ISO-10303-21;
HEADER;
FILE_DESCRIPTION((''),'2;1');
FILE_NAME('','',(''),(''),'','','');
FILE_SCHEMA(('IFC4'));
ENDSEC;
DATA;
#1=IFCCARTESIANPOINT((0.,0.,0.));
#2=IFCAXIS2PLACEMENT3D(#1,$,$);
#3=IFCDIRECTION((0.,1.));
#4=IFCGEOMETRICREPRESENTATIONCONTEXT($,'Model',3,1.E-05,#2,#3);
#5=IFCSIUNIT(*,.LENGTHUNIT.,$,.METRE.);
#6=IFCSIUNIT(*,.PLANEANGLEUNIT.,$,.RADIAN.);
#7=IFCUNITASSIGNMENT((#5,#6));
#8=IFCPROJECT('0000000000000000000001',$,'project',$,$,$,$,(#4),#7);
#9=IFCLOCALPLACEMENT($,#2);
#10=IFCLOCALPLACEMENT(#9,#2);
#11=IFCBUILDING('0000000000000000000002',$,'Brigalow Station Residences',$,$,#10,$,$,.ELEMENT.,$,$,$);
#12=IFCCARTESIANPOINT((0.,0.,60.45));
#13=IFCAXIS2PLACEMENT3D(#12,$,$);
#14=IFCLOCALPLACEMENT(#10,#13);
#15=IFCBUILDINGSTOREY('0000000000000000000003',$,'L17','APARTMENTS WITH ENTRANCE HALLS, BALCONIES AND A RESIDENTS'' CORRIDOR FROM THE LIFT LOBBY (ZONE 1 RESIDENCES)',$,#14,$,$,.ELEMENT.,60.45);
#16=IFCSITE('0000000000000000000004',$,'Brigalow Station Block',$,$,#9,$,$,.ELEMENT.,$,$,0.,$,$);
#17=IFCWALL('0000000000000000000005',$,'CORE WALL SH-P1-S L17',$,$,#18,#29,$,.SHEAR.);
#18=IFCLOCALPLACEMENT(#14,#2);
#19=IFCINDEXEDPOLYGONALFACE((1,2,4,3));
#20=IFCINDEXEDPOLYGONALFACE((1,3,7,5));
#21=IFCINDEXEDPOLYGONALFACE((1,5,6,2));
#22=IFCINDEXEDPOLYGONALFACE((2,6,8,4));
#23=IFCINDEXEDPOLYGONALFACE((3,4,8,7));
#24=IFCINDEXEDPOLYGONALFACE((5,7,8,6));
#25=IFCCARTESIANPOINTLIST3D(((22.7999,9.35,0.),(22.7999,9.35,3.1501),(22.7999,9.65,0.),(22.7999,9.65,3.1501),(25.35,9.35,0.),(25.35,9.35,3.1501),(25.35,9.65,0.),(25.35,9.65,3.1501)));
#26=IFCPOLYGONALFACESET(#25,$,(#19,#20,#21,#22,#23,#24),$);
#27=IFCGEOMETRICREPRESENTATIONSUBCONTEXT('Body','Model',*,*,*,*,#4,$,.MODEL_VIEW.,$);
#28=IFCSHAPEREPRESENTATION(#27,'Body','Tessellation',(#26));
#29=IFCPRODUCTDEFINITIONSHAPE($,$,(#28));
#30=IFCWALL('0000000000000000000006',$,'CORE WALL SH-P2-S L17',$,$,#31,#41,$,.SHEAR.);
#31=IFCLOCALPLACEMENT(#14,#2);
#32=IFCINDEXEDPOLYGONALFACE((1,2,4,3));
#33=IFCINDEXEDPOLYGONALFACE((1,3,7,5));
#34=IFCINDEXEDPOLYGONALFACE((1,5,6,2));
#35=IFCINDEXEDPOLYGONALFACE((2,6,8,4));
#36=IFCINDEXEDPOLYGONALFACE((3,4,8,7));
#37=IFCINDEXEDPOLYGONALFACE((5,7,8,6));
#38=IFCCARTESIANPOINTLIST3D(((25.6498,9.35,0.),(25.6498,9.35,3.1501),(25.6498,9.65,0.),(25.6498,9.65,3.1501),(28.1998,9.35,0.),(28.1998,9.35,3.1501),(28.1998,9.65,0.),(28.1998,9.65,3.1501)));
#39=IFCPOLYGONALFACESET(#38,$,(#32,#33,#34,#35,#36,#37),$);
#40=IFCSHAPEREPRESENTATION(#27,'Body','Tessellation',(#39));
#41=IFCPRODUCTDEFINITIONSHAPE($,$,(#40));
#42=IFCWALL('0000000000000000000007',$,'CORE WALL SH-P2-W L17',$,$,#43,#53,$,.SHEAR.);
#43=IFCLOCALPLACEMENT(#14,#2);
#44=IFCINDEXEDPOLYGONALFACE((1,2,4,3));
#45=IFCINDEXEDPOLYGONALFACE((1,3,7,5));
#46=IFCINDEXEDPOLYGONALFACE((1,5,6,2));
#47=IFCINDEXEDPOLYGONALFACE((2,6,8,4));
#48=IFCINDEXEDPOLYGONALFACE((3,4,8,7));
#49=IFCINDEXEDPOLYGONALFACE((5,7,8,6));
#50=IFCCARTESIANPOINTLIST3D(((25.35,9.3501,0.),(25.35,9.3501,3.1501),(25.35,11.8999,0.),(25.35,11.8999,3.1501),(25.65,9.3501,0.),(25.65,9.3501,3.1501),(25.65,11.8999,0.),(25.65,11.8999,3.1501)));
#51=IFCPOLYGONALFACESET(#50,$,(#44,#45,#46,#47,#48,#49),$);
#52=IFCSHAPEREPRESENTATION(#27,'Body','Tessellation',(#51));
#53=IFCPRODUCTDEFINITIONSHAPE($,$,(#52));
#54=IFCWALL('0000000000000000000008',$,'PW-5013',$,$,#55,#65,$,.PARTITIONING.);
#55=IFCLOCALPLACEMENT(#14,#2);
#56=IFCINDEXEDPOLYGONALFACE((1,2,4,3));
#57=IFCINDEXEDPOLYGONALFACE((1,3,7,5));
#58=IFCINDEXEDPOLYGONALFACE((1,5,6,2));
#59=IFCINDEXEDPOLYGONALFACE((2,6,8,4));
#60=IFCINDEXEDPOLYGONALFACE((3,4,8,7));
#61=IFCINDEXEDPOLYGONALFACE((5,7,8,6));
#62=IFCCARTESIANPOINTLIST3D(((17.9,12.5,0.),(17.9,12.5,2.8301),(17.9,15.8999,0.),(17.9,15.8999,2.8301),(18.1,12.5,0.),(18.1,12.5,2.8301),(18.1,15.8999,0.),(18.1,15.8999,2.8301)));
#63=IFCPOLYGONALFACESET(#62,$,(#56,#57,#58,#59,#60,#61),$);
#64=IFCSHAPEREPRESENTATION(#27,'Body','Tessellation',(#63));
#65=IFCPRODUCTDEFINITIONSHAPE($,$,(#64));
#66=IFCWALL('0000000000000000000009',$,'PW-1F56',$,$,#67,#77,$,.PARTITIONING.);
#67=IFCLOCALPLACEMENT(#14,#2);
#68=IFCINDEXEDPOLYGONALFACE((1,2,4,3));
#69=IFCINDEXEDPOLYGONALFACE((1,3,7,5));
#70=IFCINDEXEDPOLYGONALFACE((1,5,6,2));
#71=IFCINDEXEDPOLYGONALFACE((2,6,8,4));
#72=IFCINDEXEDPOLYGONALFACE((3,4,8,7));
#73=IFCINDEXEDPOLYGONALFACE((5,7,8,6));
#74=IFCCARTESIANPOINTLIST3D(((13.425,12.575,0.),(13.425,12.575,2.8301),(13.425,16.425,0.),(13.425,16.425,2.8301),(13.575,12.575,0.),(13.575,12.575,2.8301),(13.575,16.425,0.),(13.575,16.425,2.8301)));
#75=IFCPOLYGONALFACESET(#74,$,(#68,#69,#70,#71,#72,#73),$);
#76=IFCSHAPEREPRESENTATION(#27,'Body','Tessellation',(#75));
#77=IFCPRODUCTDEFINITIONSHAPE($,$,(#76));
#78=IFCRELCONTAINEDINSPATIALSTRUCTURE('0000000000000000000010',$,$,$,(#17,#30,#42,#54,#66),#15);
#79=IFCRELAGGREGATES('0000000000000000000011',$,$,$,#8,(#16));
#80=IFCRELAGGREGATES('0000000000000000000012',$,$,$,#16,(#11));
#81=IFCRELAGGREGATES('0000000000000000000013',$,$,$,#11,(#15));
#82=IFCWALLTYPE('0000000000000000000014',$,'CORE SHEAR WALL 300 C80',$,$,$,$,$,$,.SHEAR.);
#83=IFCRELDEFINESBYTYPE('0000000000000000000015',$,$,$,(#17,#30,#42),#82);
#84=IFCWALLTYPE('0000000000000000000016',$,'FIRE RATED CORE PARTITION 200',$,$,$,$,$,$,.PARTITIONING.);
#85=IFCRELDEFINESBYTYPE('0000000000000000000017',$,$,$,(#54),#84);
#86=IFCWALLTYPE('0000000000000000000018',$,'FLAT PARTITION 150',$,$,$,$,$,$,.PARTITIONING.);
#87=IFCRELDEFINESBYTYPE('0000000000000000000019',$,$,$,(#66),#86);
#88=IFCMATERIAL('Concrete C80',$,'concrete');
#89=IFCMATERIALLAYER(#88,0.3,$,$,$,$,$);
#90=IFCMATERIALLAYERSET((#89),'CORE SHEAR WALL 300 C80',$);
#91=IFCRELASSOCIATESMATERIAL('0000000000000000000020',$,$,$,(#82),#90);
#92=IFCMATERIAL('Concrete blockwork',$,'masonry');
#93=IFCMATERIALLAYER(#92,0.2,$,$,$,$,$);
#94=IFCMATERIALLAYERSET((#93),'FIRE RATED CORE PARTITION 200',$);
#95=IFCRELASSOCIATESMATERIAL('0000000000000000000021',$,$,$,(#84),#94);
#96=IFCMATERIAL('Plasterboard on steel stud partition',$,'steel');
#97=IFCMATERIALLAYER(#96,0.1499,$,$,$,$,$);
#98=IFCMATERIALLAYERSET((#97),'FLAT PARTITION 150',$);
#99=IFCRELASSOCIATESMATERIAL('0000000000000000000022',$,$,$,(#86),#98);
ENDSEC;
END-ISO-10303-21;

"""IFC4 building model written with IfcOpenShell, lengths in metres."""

from ifc_helpers import new_model, si_unit, direction, frame, frame_2d, origin, place, context, subcontext, project, spatial, rectangle, extrude, material, layer, layer_set, type_object, element, save


model = new_model("IFC4")

# Units and contexts
model_context = context("Model", 3, precision=1e-05, world=origin(), true_north=direction((0.0, 1.0)))
body_context = subcontext(model_context, "Body", "Model", "MODEL_VIEW")
ifc_project = project(units=[si_unit("LENGTHUNIT", "METRE"), si_unit("PLANEANGLEUNIT", "RADIAN")], contexts=[model_context])

# Site, building, storey
site_placement = place(None, origin())
site = spatial("IfcSite", under=ifc_project, at=site_placement, Name="Brigalow Station Block", CompositionType="ELEMENT", RefElevation=0.0)
building_placement = place(site_placement, origin())
building = spatial("IfcBuilding", under=site, at=building_placement, Name="Brigalow Station Residences", CompositionType="ELEMENT")
storey_placement = place(building_placement, frame((0.0, 0.0, 60.45)))
storey = spatial("IfcBuildingStorey", under=building, at=storey_placement, Name="L17", Description="APARTMENTS WITH ENTRANCE HALLS, BALCONIES AND A RESIDENTS' CORRIDOR FROM THE LIFT LOBBY (ZONE 1 RESIDENCES)", CompositionType="ELEMENT", Elevation=60.45)

# Walls
ifc_material_1 = material(Name="Concrete C80", Category="concrete")
ifc_layer_1 = layer(ifc_material_1, 0.3)
ifc_layer_set_1 = layer_set([ifc_layer_1], Name="CORE SHEAR WALL 300 C80")
wall_type_1 = type_object("IfcWallType", Name="CORE SHEAR WALL 300 C80", PredefinedType="SHEAR", material=ifc_layer_set_1)
for number, where, z_axis, x_axis, name in (
    (1, (22.8, 9.5, 0.0), (0.0, 0.0, 1.0), (1.0, 0.0, 0.0), "CORE WALL SH-P1-S L17"),
    (2, (25.6499, 9.5, 0.0), (0.0, 0.0, 1.0), (1.0, 0.0, 0.0), "CORE WALL SH-P2-S L17"),
):
    element("IfcWall", number, at=place(storey_placement, frame(where, z_axis=z_axis, x_axis=x_axis)), inside=storey, type_object=wall_type_1, Name=name, PredefinedType="SHEAR", context=body_context, shape_type="SweptSolid", body=[
        extrude(rectangle(XDim=2.55, YDim=0.3, at=frame_2d((1.2749, 0.0))), origin(), (0.0, 0.0, 1.0), 3.1501),
    ])
wall_1_placement = place(storey_placement, frame((25.5, 9.3501, 0.0), z_axis=(0.0, 0.0, 1.0), x_axis=(0.0, 1.0, 0.0)))
element("IfcWall", 3, at=wall_1_placement, inside=storey, type_object=wall_type_1, Name="CORE WALL SH-P2-W L17", PredefinedType="SHEAR", context=body_context, shape_type="SweptSolid", body=[
    extrude(rectangle(XDim=2.5498, YDim=0.3, at=frame_2d((1.2749, 0.0))), origin(), (0.0, 0.0, 1.0), 3.1501),
])

# Walls
ifc_material_2 = material(Name="Concrete blockwork", Category="masonry")
ifc_layer_2 = layer(ifc_material_2, 0.2)
ifc_layer_set_2 = layer_set([ifc_layer_2], Name="FIRE RATED CORE PARTITION 200")
wall_type_2 = type_object("IfcWallType", Name="FIRE RATED CORE PARTITION 200", PredefinedType="PARTITIONING", material=ifc_layer_set_2)
wall_2_placement = place(storey_placement, frame((18.0, 12.5, 0.0), z_axis=(0.0, 0.0, 1.0), x_axis=(0.0, 1.0, 0.0)))
element("IfcWall", 4, at=wall_2_placement, inside=storey, type_object=wall_type_2, Name="PW-5013", PredefinedType="PARTITIONING", context=body_context, shape_type="SweptSolid", body=[
    extrude(rectangle(XDim=3.3999, YDim=0.2, at=frame_2d((1.7, 0.0))), origin(), (0.0, 0.0, 1.0), 2.8301),
])
ifc_material_3 = material(Name="Plasterboard on steel stud partition", Category="steel")
ifc_layer_3 = layer(ifc_material_3, 0.1499)
ifc_layer_set_3 = layer_set([ifc_layer_3], Name="FLAT PARTITION 150")
wall_type_3 = type_object("IfcWallType", Name="FLAT PARTITION 150", PredefinedType="PARTITIONING", material=ifc_layer_set_3)
wall_3_placement = place(storey_placement, frame((13.5, 12.575, 0.0), z_axis=(0.0, 0.0, 1.0), x_axis=(0.0, 1.0, 0.0)))
element("IfcWall", 5, at=wall_3_placement, inside=storey, type_object=wall_type_3, Name="PW-1F56", PredefinedType="PARTITIONING", context=body_context, shape_type="SweptSolid", body=[
    extrude(rectangle(XDim=3.8501, YDim=0.1499, at=frame_2d((1.925, 0.0))), origin(), (0.0, 0.0, 1.0), 2.8301),
])

save(model, "model.ifc")
